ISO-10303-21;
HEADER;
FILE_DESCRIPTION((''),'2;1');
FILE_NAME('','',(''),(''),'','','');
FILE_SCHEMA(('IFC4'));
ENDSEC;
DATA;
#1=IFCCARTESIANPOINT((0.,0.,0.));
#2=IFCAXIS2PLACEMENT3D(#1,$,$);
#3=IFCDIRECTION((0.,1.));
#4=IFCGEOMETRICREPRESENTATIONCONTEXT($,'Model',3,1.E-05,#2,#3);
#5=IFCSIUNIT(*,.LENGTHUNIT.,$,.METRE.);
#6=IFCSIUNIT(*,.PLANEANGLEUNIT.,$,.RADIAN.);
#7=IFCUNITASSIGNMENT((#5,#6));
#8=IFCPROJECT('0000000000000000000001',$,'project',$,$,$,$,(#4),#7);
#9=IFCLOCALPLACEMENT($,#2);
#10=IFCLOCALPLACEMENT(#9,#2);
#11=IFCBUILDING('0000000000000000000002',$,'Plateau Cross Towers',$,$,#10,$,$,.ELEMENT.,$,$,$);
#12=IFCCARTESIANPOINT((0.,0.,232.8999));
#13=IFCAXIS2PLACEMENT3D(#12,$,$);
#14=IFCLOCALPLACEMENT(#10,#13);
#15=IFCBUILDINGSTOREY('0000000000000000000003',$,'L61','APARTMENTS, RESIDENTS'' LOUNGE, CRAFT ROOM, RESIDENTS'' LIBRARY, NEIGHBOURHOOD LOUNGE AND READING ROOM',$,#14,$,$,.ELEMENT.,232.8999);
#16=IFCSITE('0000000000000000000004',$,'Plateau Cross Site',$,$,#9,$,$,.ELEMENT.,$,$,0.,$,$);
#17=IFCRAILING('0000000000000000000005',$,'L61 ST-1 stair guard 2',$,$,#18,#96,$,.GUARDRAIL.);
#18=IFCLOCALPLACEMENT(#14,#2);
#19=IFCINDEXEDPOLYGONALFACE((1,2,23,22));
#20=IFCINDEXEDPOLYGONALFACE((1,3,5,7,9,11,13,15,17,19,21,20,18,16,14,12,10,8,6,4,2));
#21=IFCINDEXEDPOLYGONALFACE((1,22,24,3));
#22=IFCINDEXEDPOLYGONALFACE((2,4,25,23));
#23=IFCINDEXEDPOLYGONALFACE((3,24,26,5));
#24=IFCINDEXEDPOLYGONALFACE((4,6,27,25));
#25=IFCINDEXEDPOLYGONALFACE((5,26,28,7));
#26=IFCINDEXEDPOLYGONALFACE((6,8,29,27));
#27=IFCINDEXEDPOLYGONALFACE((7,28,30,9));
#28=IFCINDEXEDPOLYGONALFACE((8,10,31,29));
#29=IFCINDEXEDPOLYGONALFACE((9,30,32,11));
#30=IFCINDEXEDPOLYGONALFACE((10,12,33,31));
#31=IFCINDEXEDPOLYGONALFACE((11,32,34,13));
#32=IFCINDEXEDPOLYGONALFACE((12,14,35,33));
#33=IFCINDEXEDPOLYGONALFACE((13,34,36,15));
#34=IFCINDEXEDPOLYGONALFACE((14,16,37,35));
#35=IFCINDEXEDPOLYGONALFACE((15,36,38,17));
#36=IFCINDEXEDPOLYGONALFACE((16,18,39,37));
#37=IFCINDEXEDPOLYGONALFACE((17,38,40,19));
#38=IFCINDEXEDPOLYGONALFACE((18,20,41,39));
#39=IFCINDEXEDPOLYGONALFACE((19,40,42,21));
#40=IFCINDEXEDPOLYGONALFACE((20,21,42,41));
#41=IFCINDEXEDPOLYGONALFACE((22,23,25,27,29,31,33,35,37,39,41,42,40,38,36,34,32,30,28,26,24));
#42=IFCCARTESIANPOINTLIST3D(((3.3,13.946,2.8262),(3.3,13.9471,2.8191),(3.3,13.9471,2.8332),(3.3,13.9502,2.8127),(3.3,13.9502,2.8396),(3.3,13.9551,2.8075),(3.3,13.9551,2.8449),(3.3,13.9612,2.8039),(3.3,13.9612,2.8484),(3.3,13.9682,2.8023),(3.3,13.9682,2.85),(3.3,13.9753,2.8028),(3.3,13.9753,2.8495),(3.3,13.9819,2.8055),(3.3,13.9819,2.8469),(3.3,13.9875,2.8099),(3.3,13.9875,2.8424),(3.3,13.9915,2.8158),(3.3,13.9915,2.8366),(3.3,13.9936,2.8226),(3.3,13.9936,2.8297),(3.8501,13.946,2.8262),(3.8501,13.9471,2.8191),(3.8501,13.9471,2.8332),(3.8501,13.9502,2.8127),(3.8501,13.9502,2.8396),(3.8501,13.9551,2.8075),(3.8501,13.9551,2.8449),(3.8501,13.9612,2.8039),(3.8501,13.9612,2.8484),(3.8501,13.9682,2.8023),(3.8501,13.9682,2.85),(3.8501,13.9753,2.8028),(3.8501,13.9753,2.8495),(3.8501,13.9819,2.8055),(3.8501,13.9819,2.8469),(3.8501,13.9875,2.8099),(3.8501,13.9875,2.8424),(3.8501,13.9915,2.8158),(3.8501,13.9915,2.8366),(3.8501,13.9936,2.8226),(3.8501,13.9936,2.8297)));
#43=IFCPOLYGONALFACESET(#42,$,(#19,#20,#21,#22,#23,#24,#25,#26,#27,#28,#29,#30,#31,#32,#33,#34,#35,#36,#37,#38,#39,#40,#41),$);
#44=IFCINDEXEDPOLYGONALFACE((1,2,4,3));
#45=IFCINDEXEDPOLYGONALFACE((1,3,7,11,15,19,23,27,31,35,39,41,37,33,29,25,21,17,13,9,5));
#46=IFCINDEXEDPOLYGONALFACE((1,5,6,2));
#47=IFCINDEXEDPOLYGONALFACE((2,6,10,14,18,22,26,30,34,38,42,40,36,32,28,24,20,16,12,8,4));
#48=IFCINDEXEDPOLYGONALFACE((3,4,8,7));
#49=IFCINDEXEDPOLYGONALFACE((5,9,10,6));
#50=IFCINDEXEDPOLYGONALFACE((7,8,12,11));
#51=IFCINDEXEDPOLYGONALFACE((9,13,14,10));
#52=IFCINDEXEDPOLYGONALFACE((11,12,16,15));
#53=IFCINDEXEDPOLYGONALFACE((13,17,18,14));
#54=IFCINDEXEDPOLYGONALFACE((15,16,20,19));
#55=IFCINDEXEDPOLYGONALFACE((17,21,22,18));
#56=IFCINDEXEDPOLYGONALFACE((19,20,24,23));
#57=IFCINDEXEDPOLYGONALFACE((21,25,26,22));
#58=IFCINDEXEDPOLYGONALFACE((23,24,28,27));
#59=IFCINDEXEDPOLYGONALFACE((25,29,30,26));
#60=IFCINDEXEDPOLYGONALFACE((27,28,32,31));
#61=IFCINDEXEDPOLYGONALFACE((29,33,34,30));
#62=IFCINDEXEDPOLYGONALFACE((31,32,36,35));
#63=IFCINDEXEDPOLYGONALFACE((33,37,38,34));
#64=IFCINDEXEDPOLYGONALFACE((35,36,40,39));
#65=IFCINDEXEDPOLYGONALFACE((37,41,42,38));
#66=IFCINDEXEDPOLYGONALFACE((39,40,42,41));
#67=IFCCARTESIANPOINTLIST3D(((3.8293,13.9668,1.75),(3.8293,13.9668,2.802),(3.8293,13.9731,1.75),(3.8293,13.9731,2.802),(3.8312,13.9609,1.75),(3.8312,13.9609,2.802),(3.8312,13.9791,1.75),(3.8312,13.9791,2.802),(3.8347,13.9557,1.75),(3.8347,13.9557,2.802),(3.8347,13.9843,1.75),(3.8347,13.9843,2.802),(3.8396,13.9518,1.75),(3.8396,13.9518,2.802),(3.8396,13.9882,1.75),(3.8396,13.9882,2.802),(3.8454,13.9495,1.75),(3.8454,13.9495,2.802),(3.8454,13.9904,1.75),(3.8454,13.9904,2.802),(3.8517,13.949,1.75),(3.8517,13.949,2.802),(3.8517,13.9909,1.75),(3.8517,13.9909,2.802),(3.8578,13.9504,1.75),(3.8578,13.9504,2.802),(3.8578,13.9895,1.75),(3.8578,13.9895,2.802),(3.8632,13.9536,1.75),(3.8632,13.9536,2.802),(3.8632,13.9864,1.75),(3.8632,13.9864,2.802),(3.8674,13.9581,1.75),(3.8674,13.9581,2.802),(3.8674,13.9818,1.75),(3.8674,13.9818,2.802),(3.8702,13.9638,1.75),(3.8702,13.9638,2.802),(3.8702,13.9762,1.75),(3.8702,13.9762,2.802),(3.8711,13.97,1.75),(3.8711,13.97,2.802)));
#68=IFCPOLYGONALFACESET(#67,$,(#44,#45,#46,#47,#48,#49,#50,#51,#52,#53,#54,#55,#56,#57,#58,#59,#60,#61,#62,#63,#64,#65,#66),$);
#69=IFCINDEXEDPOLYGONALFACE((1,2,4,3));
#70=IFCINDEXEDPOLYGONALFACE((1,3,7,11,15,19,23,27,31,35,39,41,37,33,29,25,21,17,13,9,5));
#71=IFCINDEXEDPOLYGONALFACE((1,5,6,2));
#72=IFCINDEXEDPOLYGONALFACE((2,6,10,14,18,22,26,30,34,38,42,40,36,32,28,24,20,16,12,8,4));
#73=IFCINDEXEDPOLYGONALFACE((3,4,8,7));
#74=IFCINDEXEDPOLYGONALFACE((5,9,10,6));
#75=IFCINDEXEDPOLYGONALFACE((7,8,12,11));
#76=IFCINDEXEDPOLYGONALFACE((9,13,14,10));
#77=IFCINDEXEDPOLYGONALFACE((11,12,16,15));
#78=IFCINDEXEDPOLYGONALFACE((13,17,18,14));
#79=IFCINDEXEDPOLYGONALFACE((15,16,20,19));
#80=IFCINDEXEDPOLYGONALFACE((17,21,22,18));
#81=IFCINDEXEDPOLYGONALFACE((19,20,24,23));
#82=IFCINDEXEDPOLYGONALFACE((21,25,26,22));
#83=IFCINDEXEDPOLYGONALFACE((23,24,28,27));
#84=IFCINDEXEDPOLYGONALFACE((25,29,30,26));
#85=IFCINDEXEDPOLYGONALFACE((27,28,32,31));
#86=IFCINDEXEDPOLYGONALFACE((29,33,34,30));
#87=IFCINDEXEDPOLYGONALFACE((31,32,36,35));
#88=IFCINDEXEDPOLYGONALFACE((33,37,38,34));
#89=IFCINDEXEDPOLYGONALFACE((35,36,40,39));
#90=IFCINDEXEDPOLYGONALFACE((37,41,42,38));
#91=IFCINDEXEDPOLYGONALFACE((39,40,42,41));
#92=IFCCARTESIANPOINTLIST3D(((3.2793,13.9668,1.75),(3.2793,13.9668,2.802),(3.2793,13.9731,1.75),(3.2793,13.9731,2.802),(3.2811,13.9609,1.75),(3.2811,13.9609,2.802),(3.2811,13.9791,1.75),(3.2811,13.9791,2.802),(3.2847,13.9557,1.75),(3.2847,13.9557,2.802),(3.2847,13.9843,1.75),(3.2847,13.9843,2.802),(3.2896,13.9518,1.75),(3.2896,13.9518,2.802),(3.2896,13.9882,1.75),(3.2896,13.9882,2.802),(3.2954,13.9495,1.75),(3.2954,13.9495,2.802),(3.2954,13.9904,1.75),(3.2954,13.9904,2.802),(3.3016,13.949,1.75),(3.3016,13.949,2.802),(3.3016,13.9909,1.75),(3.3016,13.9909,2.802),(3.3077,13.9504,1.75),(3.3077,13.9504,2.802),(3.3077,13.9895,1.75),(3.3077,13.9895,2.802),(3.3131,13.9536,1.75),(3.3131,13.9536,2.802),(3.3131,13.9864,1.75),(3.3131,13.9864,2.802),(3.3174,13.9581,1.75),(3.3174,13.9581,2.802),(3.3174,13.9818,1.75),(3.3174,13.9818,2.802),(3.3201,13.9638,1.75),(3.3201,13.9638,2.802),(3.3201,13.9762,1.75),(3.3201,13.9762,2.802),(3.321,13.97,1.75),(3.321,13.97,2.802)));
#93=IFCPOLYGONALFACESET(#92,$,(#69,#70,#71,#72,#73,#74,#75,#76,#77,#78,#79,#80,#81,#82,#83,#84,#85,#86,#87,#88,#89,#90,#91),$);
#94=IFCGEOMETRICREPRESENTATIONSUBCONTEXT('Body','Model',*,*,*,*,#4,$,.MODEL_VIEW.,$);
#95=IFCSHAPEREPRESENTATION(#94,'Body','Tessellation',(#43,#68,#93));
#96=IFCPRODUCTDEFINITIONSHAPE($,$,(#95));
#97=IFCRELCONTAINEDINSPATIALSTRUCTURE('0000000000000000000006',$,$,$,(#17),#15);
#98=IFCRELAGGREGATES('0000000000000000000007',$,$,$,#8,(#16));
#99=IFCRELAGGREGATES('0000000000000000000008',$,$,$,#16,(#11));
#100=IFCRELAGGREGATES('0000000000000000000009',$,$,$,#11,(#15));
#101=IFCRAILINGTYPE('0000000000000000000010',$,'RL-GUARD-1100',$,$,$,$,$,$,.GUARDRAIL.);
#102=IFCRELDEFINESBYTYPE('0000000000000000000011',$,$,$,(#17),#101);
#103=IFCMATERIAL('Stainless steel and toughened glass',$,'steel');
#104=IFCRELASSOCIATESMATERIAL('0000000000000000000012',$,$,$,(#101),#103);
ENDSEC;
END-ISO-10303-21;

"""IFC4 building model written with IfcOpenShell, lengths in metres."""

from ifc_helpers import new_model, si_unit, direction, frame, origin, origin_2d, place, context, subcontext, project, spatial, circle, extrude, material, type_object, element, save


model = new_model("IFC4")

# Units and contexts
model_context = context("Model", 3, precision=1e-05, world=origin(), true_north=direction((0.0, 1.0)))
body_context = subcontext(model_context, "Body", "Model", "MODEL_VIEW")
ifc_project = project(units=[si_unit("LENGTHUNIT", "METRE"), si_unit("PLANEANGLEUNIT", "RADIAN")], contexts=[model_context])

# Site, building, storey
site_placement = place(None, origin())
site = spatial("IfcSite", under=ifc_project, at=site_placement, Name="Plateau Cross Site", CompositionType="ELEMENT", RefElevation=0.0)
building_placement = place(site_placement, origin())
building = spatial("IfcBuilding", under=site, at=building_placement, Name="Plateau Cross Towers", CompositionType="ELEMENT")
storey_placement = place(building_placement, frame((0.0, 0.0, 232.8999)))
storey = spatial("IfcBuildingStorey", under=building, at=storey_placement, Name="L61", Description="APARTMENTS, RESIDENTS' LOUNGE, CRAFT ROOM, RESIDENTS' LIBRARY, NEIGHBOURHOOD LOUNGE AND READING ROOM", CompositionType="ELEMENT", Elevation=232.8999)

# Railing
ifc_material_1 = material(Name="Stainless steel and toughened glass", Category="steel")
railing_type_1 = type_object("IfcRailingType", Name="RL-GUARD-1100", PredefinedType="GUARDRAIL", material=ifc_material_1)
railing_1_placement = place(storey_placement, frame((3.8501, 13.97, 1.75)))
element("IfcRailing", 1, at=railing_1_placement, inside=storey, type_object=railing_type_1, Name="L61 ST-1 stair guard 2", PredefinedType="GUARDRAIL", context=body_context, shape_type="SweptSolid", body=[
    extrude(circle(Radius=0.0239, at=origin_2d()), frame((0.0, 0.0, 1.0762), z_axis=(-1.0, 0.0, 0.0), x_axis=(0.0, -1.0, 0.0)), (0.0, 0.0, 1.0), 0.55),
    extrude(circle(Radius=0.021, at=origin_2d()), origin(), (0.0, 0.0, 1.0), 1.052),
    extrude(circle(Radius=0.021, at=origin_2d()), frame((-0.55, 0.0, 0.0)), (0.0, 0.0, 1.0), 1.052),
])

save(model, "model.ifc")
